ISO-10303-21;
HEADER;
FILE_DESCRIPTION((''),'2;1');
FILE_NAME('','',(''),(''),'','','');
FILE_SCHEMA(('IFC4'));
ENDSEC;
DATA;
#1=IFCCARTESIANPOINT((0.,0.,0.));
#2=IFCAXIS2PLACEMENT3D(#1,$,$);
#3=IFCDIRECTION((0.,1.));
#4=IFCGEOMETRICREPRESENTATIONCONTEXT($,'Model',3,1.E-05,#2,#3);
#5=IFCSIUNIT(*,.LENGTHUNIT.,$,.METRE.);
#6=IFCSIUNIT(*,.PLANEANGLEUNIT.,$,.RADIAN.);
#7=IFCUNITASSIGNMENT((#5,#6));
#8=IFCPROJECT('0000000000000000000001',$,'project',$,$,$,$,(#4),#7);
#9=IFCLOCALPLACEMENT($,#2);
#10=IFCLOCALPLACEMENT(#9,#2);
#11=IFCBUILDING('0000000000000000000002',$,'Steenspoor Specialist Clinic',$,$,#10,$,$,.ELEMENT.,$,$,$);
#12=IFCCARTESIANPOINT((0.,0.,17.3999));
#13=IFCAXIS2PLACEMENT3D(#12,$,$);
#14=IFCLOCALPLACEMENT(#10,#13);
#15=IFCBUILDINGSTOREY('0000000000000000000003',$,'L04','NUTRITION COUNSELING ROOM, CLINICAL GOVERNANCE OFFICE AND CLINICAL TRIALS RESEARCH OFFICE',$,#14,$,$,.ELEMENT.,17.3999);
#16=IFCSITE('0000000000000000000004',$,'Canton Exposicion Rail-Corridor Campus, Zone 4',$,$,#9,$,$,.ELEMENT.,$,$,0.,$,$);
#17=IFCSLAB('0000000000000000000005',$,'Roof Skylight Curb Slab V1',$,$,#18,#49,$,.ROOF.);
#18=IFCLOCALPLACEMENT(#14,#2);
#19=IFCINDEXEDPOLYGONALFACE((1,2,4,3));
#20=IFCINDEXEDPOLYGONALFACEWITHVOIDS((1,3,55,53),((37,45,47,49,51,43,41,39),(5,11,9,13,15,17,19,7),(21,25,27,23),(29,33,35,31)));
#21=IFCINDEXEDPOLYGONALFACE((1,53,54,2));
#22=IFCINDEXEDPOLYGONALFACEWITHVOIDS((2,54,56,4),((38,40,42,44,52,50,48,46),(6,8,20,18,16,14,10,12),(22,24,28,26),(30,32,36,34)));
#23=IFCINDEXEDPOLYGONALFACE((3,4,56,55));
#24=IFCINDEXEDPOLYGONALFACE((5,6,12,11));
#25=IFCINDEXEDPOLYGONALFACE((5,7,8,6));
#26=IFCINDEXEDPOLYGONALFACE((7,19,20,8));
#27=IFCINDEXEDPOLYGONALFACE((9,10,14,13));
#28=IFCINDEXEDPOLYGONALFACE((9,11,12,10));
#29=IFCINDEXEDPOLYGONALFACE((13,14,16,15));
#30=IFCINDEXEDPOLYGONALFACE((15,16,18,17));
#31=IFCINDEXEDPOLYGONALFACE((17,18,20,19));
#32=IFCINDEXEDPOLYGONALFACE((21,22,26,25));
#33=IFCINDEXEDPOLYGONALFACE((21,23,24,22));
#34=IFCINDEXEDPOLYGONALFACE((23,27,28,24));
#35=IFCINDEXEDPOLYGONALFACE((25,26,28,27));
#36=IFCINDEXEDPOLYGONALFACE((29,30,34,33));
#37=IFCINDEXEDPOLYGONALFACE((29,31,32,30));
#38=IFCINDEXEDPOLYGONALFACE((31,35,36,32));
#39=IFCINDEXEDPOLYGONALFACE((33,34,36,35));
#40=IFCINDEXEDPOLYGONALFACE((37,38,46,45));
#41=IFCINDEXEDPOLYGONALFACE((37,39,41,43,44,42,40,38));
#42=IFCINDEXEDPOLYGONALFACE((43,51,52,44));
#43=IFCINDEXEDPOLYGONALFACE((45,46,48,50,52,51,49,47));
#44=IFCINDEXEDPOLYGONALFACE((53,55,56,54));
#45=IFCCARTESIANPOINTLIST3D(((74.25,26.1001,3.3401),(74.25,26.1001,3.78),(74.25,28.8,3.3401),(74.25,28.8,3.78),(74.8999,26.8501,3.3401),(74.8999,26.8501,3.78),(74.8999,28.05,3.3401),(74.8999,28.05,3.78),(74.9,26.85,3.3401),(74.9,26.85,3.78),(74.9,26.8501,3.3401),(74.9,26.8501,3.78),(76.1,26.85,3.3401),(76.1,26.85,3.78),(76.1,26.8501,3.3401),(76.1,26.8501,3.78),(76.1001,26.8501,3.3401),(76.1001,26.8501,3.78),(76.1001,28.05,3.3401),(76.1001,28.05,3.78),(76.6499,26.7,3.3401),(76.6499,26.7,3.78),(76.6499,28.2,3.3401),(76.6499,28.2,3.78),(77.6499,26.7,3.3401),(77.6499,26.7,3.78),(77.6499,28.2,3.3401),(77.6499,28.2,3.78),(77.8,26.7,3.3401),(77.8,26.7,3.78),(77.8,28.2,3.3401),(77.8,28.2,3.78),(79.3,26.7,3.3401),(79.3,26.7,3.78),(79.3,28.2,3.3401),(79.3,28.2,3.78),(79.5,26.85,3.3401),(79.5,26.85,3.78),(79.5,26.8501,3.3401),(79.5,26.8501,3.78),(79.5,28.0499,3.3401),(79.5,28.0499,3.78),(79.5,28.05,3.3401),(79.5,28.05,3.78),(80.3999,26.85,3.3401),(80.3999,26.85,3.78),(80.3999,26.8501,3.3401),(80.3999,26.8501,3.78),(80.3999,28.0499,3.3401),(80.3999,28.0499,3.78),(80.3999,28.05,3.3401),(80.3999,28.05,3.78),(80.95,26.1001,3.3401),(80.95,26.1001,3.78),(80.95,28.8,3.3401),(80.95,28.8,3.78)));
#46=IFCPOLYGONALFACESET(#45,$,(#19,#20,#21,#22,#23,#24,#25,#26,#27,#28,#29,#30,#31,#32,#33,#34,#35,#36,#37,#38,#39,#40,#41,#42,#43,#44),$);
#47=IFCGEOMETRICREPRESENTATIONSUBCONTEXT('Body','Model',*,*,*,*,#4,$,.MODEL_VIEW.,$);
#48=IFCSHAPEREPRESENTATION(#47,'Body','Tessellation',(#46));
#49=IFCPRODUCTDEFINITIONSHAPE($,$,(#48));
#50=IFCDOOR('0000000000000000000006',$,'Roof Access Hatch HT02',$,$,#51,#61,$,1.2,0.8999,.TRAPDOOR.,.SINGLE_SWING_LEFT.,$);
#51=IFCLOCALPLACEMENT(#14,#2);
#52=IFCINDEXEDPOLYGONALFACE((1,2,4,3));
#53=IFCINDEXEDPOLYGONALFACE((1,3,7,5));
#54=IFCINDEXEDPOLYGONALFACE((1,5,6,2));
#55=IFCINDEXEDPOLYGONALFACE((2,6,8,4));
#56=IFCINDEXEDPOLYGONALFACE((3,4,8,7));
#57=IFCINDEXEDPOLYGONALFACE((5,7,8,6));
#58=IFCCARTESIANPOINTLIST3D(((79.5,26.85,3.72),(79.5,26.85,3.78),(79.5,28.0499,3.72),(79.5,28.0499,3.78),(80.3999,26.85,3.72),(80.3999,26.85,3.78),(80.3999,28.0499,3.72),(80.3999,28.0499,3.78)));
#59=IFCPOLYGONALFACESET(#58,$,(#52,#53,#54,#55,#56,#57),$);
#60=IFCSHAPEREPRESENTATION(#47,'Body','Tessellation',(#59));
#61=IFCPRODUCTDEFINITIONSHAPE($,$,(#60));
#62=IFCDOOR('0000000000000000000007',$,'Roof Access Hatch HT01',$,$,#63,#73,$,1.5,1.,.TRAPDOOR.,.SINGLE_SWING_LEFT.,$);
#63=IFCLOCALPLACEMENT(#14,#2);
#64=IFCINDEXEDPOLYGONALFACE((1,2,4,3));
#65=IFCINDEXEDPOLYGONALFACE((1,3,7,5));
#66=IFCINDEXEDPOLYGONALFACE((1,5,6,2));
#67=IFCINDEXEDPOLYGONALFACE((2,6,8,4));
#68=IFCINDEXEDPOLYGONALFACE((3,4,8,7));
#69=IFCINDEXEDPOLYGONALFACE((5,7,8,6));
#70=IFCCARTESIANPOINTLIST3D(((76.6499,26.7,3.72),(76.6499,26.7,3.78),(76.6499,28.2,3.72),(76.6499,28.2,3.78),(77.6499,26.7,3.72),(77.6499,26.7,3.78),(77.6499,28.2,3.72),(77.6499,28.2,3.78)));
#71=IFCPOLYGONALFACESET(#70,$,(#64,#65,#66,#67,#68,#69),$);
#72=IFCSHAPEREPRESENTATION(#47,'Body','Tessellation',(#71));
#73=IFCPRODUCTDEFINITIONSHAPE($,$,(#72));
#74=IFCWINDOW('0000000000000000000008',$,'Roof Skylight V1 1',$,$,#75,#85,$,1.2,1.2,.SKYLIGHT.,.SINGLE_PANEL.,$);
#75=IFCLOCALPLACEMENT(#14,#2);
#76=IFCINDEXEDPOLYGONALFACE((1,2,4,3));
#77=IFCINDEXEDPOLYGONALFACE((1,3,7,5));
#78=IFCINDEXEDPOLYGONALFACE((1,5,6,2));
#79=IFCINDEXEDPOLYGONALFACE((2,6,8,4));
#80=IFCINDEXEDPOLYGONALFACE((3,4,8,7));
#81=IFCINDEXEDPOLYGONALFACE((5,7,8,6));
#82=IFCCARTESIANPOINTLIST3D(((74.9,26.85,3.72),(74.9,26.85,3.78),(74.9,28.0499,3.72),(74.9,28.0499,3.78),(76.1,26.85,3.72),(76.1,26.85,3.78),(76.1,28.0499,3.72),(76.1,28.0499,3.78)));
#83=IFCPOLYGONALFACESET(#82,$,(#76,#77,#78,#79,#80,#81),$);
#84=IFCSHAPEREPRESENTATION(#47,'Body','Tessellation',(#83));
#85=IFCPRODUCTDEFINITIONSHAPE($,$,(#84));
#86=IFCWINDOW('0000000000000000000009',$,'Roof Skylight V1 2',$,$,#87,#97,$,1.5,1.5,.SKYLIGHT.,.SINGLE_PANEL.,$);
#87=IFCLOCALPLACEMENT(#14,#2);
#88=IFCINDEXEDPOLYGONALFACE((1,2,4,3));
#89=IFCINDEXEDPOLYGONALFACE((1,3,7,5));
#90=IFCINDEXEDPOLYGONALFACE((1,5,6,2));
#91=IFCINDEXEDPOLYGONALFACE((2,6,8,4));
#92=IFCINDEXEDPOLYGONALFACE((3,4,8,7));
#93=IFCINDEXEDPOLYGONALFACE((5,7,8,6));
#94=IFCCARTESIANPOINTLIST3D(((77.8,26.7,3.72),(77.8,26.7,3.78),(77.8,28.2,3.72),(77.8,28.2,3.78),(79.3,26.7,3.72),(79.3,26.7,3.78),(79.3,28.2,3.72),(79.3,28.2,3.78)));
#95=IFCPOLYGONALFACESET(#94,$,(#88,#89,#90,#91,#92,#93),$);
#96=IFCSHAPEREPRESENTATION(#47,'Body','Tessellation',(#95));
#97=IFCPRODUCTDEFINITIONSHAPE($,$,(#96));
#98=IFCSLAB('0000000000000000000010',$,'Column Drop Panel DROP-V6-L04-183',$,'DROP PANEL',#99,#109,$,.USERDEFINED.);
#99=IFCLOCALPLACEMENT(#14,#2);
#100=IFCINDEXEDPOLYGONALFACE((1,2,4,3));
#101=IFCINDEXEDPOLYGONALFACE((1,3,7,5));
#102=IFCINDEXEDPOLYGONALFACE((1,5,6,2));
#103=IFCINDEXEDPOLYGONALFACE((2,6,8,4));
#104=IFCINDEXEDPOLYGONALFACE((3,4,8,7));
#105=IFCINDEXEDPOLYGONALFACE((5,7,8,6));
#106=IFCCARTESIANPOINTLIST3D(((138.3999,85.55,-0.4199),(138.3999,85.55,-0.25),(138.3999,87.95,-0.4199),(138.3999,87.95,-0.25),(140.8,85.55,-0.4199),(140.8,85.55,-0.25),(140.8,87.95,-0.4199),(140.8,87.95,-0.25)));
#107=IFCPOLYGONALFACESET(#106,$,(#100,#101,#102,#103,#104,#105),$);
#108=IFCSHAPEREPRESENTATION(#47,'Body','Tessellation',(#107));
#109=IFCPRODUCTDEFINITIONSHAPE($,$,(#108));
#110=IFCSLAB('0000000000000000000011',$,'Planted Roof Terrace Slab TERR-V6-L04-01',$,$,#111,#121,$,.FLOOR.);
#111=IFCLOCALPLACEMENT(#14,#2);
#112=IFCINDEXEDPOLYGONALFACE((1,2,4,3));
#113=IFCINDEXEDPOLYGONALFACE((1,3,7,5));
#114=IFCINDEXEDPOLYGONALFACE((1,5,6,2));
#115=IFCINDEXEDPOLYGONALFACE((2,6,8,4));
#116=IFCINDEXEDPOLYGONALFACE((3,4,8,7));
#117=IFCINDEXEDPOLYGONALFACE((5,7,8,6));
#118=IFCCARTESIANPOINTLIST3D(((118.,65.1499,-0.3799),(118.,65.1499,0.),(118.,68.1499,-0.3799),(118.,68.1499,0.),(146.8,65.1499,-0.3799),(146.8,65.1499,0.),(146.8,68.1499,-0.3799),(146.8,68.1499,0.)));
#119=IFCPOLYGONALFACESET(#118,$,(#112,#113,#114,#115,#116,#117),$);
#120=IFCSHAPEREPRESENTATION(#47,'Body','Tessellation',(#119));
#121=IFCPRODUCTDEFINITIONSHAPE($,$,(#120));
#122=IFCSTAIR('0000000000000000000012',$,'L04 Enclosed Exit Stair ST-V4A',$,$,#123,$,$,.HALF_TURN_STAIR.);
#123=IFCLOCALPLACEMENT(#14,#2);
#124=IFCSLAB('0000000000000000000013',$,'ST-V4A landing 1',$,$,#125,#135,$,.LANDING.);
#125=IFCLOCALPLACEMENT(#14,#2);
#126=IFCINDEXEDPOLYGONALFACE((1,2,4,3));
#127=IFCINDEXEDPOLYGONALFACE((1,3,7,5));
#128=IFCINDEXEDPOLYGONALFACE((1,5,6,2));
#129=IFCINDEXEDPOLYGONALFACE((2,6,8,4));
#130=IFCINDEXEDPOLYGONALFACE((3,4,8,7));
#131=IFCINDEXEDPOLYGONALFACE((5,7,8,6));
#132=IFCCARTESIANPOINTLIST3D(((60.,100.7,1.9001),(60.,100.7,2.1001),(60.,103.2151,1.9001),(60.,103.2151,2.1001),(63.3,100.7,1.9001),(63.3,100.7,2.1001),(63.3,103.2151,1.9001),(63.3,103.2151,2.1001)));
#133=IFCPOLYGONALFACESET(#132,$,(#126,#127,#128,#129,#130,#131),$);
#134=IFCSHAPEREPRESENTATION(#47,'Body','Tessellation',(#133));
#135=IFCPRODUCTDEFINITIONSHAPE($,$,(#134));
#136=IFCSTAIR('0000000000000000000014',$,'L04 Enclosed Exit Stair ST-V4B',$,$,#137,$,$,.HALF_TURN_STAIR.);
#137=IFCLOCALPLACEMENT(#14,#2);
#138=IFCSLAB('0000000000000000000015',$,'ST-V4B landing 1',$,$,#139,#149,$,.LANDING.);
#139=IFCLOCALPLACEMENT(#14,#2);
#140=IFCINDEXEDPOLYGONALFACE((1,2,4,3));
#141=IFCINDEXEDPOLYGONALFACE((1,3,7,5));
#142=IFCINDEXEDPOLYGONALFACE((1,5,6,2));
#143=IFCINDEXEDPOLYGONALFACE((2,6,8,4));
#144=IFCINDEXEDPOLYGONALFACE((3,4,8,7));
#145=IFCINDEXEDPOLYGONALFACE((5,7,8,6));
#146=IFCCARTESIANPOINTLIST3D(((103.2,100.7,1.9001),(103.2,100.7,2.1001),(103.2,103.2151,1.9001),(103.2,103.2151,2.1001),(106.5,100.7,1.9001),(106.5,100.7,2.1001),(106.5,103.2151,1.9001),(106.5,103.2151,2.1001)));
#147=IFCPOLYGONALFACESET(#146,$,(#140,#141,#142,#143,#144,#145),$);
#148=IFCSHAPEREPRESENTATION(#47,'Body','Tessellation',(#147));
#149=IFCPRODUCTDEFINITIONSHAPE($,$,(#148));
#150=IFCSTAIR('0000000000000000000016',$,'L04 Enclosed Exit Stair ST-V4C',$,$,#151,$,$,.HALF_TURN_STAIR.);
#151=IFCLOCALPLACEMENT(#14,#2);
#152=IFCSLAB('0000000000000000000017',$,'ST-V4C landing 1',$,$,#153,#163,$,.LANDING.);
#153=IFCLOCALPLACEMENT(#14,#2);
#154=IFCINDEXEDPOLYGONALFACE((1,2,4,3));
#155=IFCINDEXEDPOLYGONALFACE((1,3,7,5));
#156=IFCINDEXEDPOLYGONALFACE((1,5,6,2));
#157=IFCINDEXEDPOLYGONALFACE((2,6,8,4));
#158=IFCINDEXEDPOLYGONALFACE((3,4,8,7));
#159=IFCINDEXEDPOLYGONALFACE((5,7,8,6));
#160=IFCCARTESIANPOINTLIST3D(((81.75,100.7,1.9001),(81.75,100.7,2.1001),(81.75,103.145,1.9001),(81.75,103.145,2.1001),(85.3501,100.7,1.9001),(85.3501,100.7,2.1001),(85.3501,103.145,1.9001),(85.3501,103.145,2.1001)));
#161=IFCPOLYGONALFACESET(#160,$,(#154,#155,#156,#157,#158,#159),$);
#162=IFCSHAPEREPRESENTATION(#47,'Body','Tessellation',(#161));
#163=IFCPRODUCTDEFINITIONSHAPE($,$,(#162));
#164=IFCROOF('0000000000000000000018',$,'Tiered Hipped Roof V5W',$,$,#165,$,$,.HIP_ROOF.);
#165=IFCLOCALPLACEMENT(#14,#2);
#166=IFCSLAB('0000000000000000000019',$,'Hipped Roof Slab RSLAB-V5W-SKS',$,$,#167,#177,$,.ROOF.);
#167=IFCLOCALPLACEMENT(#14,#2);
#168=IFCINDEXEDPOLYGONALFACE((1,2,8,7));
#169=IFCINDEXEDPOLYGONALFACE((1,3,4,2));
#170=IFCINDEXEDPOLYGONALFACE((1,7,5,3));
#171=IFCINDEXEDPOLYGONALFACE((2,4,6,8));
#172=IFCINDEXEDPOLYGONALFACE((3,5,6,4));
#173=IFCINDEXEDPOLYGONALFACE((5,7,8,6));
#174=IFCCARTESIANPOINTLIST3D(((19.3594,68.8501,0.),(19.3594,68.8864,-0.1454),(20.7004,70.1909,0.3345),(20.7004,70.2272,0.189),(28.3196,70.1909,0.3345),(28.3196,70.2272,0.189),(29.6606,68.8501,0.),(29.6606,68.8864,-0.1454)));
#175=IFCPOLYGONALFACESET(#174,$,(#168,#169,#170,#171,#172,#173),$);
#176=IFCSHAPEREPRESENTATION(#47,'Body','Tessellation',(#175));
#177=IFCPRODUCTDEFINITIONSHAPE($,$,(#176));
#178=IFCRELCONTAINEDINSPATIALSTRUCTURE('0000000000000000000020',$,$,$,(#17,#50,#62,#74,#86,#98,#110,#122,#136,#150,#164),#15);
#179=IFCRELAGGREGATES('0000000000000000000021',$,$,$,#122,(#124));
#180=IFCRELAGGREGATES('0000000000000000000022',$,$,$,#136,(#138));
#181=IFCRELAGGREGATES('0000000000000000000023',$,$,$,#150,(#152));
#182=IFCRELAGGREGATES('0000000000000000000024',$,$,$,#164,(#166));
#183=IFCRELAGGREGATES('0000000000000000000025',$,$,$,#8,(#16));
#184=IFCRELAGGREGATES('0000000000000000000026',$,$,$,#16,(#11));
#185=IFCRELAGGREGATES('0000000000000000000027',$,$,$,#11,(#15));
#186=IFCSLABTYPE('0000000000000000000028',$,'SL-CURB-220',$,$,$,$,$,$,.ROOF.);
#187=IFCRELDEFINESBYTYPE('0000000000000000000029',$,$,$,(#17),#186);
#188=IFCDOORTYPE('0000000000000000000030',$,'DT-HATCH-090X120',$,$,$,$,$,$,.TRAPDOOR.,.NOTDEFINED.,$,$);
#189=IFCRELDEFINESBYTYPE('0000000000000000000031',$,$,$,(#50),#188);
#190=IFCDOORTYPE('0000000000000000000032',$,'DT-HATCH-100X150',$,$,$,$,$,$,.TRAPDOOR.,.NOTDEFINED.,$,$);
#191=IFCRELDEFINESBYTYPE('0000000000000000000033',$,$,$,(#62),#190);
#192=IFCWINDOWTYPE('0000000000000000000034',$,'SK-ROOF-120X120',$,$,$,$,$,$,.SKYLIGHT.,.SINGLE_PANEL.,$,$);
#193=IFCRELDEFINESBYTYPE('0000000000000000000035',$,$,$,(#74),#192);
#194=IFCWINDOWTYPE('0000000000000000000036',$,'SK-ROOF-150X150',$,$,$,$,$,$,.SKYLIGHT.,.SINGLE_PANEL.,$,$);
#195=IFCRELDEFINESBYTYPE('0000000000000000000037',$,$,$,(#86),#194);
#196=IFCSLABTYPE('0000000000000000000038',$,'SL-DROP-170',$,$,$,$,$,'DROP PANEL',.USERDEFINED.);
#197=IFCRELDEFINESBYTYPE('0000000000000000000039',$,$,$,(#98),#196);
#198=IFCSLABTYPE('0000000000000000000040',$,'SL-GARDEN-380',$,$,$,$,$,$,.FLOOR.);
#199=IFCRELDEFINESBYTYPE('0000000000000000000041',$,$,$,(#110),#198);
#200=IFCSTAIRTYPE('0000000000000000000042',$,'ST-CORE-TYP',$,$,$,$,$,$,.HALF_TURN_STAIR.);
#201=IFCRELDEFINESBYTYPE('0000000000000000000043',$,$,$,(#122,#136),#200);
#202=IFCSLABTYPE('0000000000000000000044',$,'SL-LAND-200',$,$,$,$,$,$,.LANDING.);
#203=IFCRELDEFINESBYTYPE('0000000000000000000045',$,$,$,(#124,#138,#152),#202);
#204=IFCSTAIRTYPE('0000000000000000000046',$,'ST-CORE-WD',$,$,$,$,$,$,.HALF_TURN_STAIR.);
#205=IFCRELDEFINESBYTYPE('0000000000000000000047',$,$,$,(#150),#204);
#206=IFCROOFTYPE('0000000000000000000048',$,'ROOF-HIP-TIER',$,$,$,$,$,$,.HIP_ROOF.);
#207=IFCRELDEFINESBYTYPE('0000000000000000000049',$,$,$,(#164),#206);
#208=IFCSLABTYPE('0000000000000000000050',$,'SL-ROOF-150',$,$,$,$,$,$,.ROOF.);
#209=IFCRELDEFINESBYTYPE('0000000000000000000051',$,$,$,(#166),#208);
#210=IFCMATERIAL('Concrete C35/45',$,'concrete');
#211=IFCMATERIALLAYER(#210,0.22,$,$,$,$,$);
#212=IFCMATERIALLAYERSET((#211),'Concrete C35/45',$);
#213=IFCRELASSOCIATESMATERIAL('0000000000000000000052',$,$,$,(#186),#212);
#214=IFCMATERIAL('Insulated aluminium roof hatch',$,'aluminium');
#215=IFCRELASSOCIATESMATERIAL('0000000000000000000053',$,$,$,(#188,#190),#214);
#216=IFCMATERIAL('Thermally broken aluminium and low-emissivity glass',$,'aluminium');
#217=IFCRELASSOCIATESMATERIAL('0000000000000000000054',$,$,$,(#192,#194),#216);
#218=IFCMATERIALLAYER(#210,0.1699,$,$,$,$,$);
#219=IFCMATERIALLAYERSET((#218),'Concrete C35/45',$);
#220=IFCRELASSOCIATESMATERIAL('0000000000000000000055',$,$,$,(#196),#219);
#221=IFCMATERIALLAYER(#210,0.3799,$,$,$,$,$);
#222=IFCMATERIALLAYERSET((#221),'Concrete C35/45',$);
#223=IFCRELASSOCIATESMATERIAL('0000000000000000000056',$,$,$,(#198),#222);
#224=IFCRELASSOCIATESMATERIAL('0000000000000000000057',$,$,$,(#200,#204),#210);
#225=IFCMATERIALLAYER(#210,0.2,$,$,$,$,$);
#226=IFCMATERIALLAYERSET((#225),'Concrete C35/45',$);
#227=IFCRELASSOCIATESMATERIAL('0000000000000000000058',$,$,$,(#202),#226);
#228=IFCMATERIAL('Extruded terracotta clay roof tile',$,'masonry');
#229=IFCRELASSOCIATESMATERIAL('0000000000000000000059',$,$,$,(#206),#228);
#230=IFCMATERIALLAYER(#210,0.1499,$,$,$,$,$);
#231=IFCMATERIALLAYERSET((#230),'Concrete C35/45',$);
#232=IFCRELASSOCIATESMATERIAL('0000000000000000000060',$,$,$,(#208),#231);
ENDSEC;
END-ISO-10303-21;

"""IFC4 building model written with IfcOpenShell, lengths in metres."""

from ifc_helpers import new_model, si_unit, direction, frame, origin, origin_2d, place, context, subcontext, project, spatial, polyline, rectangle, outline, extrude, material, layer, layer_set, type_object, element, fill, aggregate, save


model = new_model("IFC4")

# Units and contexts
model_context = context("Model", 3, precision=1e-05, world=origin(), true_north=direction((0.0, 1.0)))
body_context = subcontext(model_context, "Body", "Model", "MODEL_VIEW")
ifc_project = project(units=[si_unit("LENGTHUNIT", "METRE"), si_unit("PLANEANGLEUNIT", "RADIAN")], contexts=[model_context])

# Site, building, storey
site_placement = place(None, origin())
site = spatial("IfcSite", under=ifc_project, at=site_placement, Name="Canton Exposicion Rail-Corridor Campus, Zone 4", CompositionType="ELEMENT", RefElevation=0.0)
building_placement = place(site_placement, origin())
building = spatial("IfcBuilding", under=site, at=building_placement, Name="Steenspoor Specialist Clinic", CompositionType="ELEMENT")
storey_placement = place(building_placement, frame((0.0, 0.0, 17.3999)))
storey = spatial("IfcBuildingStorey", under=building, at=storey_placement, Name="L04", Description="NUTRITION COUNSELING ROOM, CLINICAL GOVERNANCE OFFICE AND CLINICAL TRIALS RESEARCH OFFICE", CompositionType="ELEMENT", Elevation=17.3999)

# Slab, openings, doors, windows
ifc_material_1 = material(Name="Concrete C35/45", Category="concrete")
ifc_layer_1 = layer(ifc_material_1, 0.22)
ifc_layer_set_1 = layer_set([ifc_layer_1], Name="Concrete C35/45")
slab_type_1 = type_object("IfcSlabType", Name="SL-CURB-220", PredefinedType="ROOF", material=ifc_layer_set_1)
slab_1_placement = place(storey_placement, frame((0.0, 0.0, 3.3401)))
slab_1 = element("IfcSlab", 1, at=slab_1_placement, inside=storey, type_object=slab_type_1, Name="Roof Skylight Curb Slab V1", PredefinedType="ROOF", context=body_context, shape_type="SweptSolid", body=[
    extrude(outline(polyline([(74.25, 26.1001), (74.25, 28.8), (80.95, 28.8), (80.95, 26.1001), (74.25, 26.1001)]), holes=[polyline([(74.8999, 26.8501), (76.1001, 26.8501), (76.1001, 28.05), (74.8999, 28.05), (74.8999, 26.8501)]), polyline([(76.6499, 26.7), (77.6499, 26.7), (77.6499, 28.2), (76.6499, 28.2), (76.6499, 26.7)]), polyline([(77.8, 26.7), (79.3, 26.7), (79.3, 28.2), (77.8, 28.2), (77.8, 26.7)]), polyline([(79.5, 26.8501), (80.3999, 26.8501), (80.3999, 28.05), (79.5, 28.05), (79.5, 26.8501)])]), origin(), (0.0, 0.0, 1.0), 0.4399),
])
opening_1_placement = place(slab_1_placement, frame((75.5, 27.45, -0.01)))
opening_1 = element("IfcOpeningElement", 2, at=opening_1_placement, cuts=slab_1, PredefinedType="OPENING", context=body_context, shape_type="SweptSolid", body=[
    extrude(rectangle(XDim=1.2, YDim=1.2, at=origin_2d()), origin(), (0.0, 0.0, 1.0), 0.46),
])
opening_2_placement = place(slab_1_placement, frame((77.1499, 27.45, -0.01)))
opening_2 = element("IfcOpeningElement", 3, at=opening_2_placement, cuts=slab_1, PredefinedType="OPENING", context=body_context, shape_type="SweptSolid", body=[
    extrude(rectangle(XDim=1.0, YDim=1.5, at=origin_2d()), origin(), (0.0, 0.0, 1.0), 0.46),
])
opening_3_placement = place(slab_1_placement, frame((78.55, 27.45, -0.01)))
opening_3 = element("IfcOpeningElement", 4, at=opening_3_placement, cuts=slab_1, PredefinedType="OPENING", context=body_context, shape_type="SweptSolid", body=[
    extrude(rectangle(XDim=1.5, YDim=1.5, at=origin_2d()), origin(), (0.0, 0.0, 1.0), 0.46),
])
opening_4_placement = place(slab_1_placement, frame((79.95, 27.45, -0.01)))
opening_4 = element("IfcOpeningElement", 5, at=opening_4_placement, cuts=slab_1, PredefinedType="OPENING", context=body_context, shape_type="SweptSolid", body=[
    extrude(rectangle(XDim=0.8999, YDim=1.2, at=origin_2d()), origin(), (0.0, 0.0, 1.0), 0.46),
])
ifc_material_2 = material(Name="Insulated aluminium roof hatch", Category="aluminium")
door_type_1 = type_object("IfcDoorType", Name="DT-HATCH-090X120", OperationType="NOTDEFINED", PredefinedType="TRAPDOOR", material=ifc_material_2)
door_1_placement = place(slab_1_placement, frame((79.95, 27.45, 0.3799)))
door_1 = element("IfcDoor", 6, at=door_1_placement, inside=storey, type_object=door_type_1, Name="Roof Access Hatch HT02", OperationType="SINGLE_SWING_LEFT", OverallHeight=1.2, OverallWidth=0.8999, PredefinedType="TRAPDOOR", context=body_context, shape_type="SweptSolid", body=[
    extrude(rectangle(XDim=0.8999, YDim=1.2, at=origin_2d()), origin(), (0.0, 0.0, 1.0), 0.0601),
])
fill(opening_4, door_1)
door_type_2 = type_object("IfcDoorType", Name="DT-HATCH-100X150", OperationType="NOTDEFINED", PredefinedType="TRAPDOOR", material=ifc_material_2)
door_2_placement = place(slab_1_placement, frame((77.1499, 27.45, 0.3799)))
door_2 = element("IfcDoor", 7, at=door_2_placement, inside=storey, type_object=door_type_2, Name="Roof Access Hatch HT01", OperationType="SINGLE_SWING_LEFT", OverallHeight=1.5, OverallWidth=1.0, PredefinedType="TRAPDOOR", context=body_context, shape_type="SweptSolid", body=[
    extrude(rectangle(XDim=1.0, YDim=1.5, at=origin_2d()), origin(), (0.0, 0.0, 1.0), 0.0601),
])
fill(opening_2, door_2)
ifc_material_3 = material(Name="Thermally broken aluminium and low-emissivity glass", Category="aluminium")
window_type_1 = type_object("IfcWindowType", Name="SK-ROOF-120X120", PartitioningType="SINGLE_PANEL", PredefinedType="SKYLIGHT", material=ifc_material_3)
window_1_placement = place(slab_1_placement, frame((75.5, 27.45, 0.3799)))
window_1 = element("IfcWindow", 8, at=window_1_placement, inside=storey, type_object=window_type_1, Name="Roof Skylight V1 1", OverallHeight=1.2, OverallWidth=1.2, PartitioningType="SINGLE_PANEL", PredefinedType="SKYLIGHT", context=body_context, shape_type="SweptSolid", body=[
    extrude(rectangle(XDim=1.2, YDim=1.2, at=origin_2d()), origin(), (0.0, 0.0, 1.0), 0.0601),
])
fill(opening_1, window_1)
window_type_2 = type_object("IfcWindowType", Name="SK-ROOF-150X150", PartitioningType="SINGLE_PANEL", PredefinedType="SKYLIGHT", material=ifc_material_3)
window_2_placement = place(slab_1_placement, frame((78.55, 27.45, 0.3799)))
window_2 = element("IfcWindow", 9, at=window_2_placement, inside=storey, type_object=window_type_2, Name="Roof Skylight V1 2", OverallHeight=1.5, OverallWidth=1.5, PartitioningType="SINGLE_PANEL", PredefinedType="SKYLIGHT", context=body_context, shape_type="SweptSolid", body=[
    extrude(rectangle(XDim=1.5, YDim=1.5, at=origin_2d()), origin(), (0.0, 0.0, 1.0), 0.0601),
])
fill(opening_3, window_2)

# Slabs
ifc_layer_2 = layer(ifc_material_1, 0.1699)
ifc_layer_set_2 = layer_set([ifc_layer_2], Name="Concrete C35/45")
slab_type_2 = type_object("IfcSlabType", Name="SL-DROP-170", ElementType="DROP PANEL", PredefinedType="USERDEFINED", material=ifc_layer_set_2)
slab_2_placement = place(storey_placement, frame((0.0, 0.0, -0.4199)))
element("IfcSlab", 10, at=slab_2_placement, inside=storey, type_object=slab_type_2, Name="Column Drop Panel DROP-V6-L04-183", ObjectType="DROP PANEL", PredefinedType="USERDEFINED", context=body_context, shape_type="SweptSolid", body=[
    extrude(outline(polyline([(140.8, 85.55), (140.8, 87.95), (138.3999, 87.95), (138.3999, 85.55), (140.8, 85.55)])), origin(), (0.0, 0.0, 1.0), 0.1699),
])
ifc_layer_3 = layer(ifc_material_1, 0.3799)
ifc_layer_set_3 = layer_set([ifc_layer_3], Name="Concrete C35/45")
slab_type_3 = type_object("IfcSlabType", Name="SL-GARDEN-380", PredefinedType="FLOOR", material=ifc_layer_set_3)
slab_3_placement = place(storey_placement, frame((0.0, 0.0, -0.3799)))
element("IfcSlab", 11, at=slab_3_placement, inside=storey, type_object=slab_type_3, Name="Planted Roof Terrace Slab TERR-V6-L04-01", PredefinedType="FLOOR", context=body_context, shape_type="SweptSolid", body=[
    extrude(outline(polyline([(146.8, 65.1499), (146.8, 68.1499), (118.0, 68.1499), (118.0, 65.1499), (146.8, 65.1499)])), origin(), (0.0, 0.0, 1.0), 0.3799),
])

# Stairs, slabs
stair_type_1 = type_object("IfcStairType", Name="ST-CORE-TYP", PredefinedType="HALF_TURN_STAIR", material=ifc_material_1)
stair_1_placement = place(storey_placement, origin())
stair_1 = element("IfcStair", 12, at=stair_1_placement, inside=storey, type_object=stair_type_1, Name="L04 Enclosed Exit Stair ST-V4A", PredefinedType="HALF_TURN_STAIR")
ifc_layer_4 = layer(ifc_material_1, 0.2)
ifc_layer_set_4 = layer_set([ifc_layer_4], Name="Concrete C35/45")
slab_type_4 = type_object("IfcSlabType", Name="SL-LAND-200", PredefinedType="LANDING", material=ifc_layer_set_4)
slab_4_placement = place(storey_placement, frame((0.0, 0.0, 1.9001)))
slab_4 = element("IfcSlab", 13, at=slab_4_placement, type_object=slab_type_4, Name="ST-V4A landing 1", PredefinedType="LANDING", context=body_context, shape_type="SweptSolid", body=[
    extrude(outline(polyline([(60.0, 103.2151), (60.0, 100.7), (63.3, 100.7), (63.3, 103.2151), (60.0, 103.2151)])), origin(), (0.0, 0.0, 1.0), 0.2),
])
aggregate(stair_1, [slab_4])
stair_2_placement = place(storey_placement, origin())
stair_2 = element("IfcStair", 14, at=stair_2_placement, inside=storey, type_object=stair_type_1, Name="L04 Enclosed Exit Stair ST-V4B", PredefinedType="HALF_TURN_STAIR")
slab_5_placement = place(storey_placement, frame((0.0, 0.0, 1.9001)))
slab_5 = element("IfcSlab", 15, at=slab_5_placement, type_object=slab_type_4, Name="ST-V4B landing 1", PredefinedType="LANDING", context=body_context, shape_type="SweptSolid", body=[
    extrude(outline(polyline([(103.2, 103.2151), (103.2, 100.7), (106.5, 100.7), (106.5, 103.2151), (103.2, 103.2151)])), origin(), (0.0, 0.0, 1.0), 0.2),
])
aggregate(stair_2, [slab_5])
stair_type_2 = type_object("IfcStairType", Name="ST-CORE-WD", PredefinedType="HALF_TURN_STAIR", material=ifc_material_1)
stair_3_placement = place(storey_placement, origin())
stair_3 = element("IfcStair", 16, at=stair_3_placement, inside=storey, type_object=stair_type_2, Name="L04 Enclosed Exit Stair ST-V4C", PredefinedType="HALF_TURN_STAIR")
slab_6_placement = place(storey_placement, frame((0.0, 0.0, 1.9001)))
slab_6 = element("IfcSlab", 17, at=slab_6_placement, type_object=slab_type_4, Name="ST-V4C landing 1", PredefinedType="LANDING", context=body_context, shape_type="SweptSolid", body=[
    extrude(outline(polyline([(81.75, 103.145), (81.75, 100.7), (85.3501, 100.7), (85.3501, 103.145), (81.75, 103.145)])), origin(), (0.0, 0.0, 1.0), 0.2),
])
aggregate(stair_3, [slab_6])

# Roof, slab
ifc_material_4 = material(Name="Extruded terracotta clay roof tile", Category="masonry")
roof_type = type_object("IfcRoofType", Name="ROOF-HIP-TIER", PredefinedType="HIP_ROOF", material=ifc_material_4)
roof_placement = place(storey_placement, origin())
roof = element("IfcRoof", 18, at=roof_placement, inside=storey, type_object=roof_type, Name="Tiered Hipped Roof V5W", PredefinedType="HIP_ROOF")
ifc_layer_5 = layer(ifc_material_1, 0.1499)
ifc_layer_set_5 = layer_set([ifc_layer_5], Name="Concrete C35/45")
slab_type_5 = type_object("IfcSlabType", Name="SL-ROOF-150", PredefinedType="ROOF", material=ifc_layer_set_5)
slab_7_placement = place(storey_placement, frame((20.7004, 70.1909, 0.3345), z_axis=(0.0, -0.242037, 0.970267), x_axis=(-0.696422, -0.696295, -0.173693)))
slab_7 = element("IfcSlab", 19, at=slab_7_placement, type_object=slab_type_5, Name="Hipped Roof Slab RSLAB-V5W-SKS", PredefinedType="ROOF", context=body_context, shape_type="SweptSolid", body=[
    extrude(outline(polyline([(0.0, 0.0), (1.9256, 0.0), (-5.2484, 7.3925), (-5.3061, 5.4677), (0.0, 0.0)])), origin(), (0.0, 0.0, -1.0), 0.1499),
])
aggregate(roof, [slab_7])

save(model, "model.ifc")
